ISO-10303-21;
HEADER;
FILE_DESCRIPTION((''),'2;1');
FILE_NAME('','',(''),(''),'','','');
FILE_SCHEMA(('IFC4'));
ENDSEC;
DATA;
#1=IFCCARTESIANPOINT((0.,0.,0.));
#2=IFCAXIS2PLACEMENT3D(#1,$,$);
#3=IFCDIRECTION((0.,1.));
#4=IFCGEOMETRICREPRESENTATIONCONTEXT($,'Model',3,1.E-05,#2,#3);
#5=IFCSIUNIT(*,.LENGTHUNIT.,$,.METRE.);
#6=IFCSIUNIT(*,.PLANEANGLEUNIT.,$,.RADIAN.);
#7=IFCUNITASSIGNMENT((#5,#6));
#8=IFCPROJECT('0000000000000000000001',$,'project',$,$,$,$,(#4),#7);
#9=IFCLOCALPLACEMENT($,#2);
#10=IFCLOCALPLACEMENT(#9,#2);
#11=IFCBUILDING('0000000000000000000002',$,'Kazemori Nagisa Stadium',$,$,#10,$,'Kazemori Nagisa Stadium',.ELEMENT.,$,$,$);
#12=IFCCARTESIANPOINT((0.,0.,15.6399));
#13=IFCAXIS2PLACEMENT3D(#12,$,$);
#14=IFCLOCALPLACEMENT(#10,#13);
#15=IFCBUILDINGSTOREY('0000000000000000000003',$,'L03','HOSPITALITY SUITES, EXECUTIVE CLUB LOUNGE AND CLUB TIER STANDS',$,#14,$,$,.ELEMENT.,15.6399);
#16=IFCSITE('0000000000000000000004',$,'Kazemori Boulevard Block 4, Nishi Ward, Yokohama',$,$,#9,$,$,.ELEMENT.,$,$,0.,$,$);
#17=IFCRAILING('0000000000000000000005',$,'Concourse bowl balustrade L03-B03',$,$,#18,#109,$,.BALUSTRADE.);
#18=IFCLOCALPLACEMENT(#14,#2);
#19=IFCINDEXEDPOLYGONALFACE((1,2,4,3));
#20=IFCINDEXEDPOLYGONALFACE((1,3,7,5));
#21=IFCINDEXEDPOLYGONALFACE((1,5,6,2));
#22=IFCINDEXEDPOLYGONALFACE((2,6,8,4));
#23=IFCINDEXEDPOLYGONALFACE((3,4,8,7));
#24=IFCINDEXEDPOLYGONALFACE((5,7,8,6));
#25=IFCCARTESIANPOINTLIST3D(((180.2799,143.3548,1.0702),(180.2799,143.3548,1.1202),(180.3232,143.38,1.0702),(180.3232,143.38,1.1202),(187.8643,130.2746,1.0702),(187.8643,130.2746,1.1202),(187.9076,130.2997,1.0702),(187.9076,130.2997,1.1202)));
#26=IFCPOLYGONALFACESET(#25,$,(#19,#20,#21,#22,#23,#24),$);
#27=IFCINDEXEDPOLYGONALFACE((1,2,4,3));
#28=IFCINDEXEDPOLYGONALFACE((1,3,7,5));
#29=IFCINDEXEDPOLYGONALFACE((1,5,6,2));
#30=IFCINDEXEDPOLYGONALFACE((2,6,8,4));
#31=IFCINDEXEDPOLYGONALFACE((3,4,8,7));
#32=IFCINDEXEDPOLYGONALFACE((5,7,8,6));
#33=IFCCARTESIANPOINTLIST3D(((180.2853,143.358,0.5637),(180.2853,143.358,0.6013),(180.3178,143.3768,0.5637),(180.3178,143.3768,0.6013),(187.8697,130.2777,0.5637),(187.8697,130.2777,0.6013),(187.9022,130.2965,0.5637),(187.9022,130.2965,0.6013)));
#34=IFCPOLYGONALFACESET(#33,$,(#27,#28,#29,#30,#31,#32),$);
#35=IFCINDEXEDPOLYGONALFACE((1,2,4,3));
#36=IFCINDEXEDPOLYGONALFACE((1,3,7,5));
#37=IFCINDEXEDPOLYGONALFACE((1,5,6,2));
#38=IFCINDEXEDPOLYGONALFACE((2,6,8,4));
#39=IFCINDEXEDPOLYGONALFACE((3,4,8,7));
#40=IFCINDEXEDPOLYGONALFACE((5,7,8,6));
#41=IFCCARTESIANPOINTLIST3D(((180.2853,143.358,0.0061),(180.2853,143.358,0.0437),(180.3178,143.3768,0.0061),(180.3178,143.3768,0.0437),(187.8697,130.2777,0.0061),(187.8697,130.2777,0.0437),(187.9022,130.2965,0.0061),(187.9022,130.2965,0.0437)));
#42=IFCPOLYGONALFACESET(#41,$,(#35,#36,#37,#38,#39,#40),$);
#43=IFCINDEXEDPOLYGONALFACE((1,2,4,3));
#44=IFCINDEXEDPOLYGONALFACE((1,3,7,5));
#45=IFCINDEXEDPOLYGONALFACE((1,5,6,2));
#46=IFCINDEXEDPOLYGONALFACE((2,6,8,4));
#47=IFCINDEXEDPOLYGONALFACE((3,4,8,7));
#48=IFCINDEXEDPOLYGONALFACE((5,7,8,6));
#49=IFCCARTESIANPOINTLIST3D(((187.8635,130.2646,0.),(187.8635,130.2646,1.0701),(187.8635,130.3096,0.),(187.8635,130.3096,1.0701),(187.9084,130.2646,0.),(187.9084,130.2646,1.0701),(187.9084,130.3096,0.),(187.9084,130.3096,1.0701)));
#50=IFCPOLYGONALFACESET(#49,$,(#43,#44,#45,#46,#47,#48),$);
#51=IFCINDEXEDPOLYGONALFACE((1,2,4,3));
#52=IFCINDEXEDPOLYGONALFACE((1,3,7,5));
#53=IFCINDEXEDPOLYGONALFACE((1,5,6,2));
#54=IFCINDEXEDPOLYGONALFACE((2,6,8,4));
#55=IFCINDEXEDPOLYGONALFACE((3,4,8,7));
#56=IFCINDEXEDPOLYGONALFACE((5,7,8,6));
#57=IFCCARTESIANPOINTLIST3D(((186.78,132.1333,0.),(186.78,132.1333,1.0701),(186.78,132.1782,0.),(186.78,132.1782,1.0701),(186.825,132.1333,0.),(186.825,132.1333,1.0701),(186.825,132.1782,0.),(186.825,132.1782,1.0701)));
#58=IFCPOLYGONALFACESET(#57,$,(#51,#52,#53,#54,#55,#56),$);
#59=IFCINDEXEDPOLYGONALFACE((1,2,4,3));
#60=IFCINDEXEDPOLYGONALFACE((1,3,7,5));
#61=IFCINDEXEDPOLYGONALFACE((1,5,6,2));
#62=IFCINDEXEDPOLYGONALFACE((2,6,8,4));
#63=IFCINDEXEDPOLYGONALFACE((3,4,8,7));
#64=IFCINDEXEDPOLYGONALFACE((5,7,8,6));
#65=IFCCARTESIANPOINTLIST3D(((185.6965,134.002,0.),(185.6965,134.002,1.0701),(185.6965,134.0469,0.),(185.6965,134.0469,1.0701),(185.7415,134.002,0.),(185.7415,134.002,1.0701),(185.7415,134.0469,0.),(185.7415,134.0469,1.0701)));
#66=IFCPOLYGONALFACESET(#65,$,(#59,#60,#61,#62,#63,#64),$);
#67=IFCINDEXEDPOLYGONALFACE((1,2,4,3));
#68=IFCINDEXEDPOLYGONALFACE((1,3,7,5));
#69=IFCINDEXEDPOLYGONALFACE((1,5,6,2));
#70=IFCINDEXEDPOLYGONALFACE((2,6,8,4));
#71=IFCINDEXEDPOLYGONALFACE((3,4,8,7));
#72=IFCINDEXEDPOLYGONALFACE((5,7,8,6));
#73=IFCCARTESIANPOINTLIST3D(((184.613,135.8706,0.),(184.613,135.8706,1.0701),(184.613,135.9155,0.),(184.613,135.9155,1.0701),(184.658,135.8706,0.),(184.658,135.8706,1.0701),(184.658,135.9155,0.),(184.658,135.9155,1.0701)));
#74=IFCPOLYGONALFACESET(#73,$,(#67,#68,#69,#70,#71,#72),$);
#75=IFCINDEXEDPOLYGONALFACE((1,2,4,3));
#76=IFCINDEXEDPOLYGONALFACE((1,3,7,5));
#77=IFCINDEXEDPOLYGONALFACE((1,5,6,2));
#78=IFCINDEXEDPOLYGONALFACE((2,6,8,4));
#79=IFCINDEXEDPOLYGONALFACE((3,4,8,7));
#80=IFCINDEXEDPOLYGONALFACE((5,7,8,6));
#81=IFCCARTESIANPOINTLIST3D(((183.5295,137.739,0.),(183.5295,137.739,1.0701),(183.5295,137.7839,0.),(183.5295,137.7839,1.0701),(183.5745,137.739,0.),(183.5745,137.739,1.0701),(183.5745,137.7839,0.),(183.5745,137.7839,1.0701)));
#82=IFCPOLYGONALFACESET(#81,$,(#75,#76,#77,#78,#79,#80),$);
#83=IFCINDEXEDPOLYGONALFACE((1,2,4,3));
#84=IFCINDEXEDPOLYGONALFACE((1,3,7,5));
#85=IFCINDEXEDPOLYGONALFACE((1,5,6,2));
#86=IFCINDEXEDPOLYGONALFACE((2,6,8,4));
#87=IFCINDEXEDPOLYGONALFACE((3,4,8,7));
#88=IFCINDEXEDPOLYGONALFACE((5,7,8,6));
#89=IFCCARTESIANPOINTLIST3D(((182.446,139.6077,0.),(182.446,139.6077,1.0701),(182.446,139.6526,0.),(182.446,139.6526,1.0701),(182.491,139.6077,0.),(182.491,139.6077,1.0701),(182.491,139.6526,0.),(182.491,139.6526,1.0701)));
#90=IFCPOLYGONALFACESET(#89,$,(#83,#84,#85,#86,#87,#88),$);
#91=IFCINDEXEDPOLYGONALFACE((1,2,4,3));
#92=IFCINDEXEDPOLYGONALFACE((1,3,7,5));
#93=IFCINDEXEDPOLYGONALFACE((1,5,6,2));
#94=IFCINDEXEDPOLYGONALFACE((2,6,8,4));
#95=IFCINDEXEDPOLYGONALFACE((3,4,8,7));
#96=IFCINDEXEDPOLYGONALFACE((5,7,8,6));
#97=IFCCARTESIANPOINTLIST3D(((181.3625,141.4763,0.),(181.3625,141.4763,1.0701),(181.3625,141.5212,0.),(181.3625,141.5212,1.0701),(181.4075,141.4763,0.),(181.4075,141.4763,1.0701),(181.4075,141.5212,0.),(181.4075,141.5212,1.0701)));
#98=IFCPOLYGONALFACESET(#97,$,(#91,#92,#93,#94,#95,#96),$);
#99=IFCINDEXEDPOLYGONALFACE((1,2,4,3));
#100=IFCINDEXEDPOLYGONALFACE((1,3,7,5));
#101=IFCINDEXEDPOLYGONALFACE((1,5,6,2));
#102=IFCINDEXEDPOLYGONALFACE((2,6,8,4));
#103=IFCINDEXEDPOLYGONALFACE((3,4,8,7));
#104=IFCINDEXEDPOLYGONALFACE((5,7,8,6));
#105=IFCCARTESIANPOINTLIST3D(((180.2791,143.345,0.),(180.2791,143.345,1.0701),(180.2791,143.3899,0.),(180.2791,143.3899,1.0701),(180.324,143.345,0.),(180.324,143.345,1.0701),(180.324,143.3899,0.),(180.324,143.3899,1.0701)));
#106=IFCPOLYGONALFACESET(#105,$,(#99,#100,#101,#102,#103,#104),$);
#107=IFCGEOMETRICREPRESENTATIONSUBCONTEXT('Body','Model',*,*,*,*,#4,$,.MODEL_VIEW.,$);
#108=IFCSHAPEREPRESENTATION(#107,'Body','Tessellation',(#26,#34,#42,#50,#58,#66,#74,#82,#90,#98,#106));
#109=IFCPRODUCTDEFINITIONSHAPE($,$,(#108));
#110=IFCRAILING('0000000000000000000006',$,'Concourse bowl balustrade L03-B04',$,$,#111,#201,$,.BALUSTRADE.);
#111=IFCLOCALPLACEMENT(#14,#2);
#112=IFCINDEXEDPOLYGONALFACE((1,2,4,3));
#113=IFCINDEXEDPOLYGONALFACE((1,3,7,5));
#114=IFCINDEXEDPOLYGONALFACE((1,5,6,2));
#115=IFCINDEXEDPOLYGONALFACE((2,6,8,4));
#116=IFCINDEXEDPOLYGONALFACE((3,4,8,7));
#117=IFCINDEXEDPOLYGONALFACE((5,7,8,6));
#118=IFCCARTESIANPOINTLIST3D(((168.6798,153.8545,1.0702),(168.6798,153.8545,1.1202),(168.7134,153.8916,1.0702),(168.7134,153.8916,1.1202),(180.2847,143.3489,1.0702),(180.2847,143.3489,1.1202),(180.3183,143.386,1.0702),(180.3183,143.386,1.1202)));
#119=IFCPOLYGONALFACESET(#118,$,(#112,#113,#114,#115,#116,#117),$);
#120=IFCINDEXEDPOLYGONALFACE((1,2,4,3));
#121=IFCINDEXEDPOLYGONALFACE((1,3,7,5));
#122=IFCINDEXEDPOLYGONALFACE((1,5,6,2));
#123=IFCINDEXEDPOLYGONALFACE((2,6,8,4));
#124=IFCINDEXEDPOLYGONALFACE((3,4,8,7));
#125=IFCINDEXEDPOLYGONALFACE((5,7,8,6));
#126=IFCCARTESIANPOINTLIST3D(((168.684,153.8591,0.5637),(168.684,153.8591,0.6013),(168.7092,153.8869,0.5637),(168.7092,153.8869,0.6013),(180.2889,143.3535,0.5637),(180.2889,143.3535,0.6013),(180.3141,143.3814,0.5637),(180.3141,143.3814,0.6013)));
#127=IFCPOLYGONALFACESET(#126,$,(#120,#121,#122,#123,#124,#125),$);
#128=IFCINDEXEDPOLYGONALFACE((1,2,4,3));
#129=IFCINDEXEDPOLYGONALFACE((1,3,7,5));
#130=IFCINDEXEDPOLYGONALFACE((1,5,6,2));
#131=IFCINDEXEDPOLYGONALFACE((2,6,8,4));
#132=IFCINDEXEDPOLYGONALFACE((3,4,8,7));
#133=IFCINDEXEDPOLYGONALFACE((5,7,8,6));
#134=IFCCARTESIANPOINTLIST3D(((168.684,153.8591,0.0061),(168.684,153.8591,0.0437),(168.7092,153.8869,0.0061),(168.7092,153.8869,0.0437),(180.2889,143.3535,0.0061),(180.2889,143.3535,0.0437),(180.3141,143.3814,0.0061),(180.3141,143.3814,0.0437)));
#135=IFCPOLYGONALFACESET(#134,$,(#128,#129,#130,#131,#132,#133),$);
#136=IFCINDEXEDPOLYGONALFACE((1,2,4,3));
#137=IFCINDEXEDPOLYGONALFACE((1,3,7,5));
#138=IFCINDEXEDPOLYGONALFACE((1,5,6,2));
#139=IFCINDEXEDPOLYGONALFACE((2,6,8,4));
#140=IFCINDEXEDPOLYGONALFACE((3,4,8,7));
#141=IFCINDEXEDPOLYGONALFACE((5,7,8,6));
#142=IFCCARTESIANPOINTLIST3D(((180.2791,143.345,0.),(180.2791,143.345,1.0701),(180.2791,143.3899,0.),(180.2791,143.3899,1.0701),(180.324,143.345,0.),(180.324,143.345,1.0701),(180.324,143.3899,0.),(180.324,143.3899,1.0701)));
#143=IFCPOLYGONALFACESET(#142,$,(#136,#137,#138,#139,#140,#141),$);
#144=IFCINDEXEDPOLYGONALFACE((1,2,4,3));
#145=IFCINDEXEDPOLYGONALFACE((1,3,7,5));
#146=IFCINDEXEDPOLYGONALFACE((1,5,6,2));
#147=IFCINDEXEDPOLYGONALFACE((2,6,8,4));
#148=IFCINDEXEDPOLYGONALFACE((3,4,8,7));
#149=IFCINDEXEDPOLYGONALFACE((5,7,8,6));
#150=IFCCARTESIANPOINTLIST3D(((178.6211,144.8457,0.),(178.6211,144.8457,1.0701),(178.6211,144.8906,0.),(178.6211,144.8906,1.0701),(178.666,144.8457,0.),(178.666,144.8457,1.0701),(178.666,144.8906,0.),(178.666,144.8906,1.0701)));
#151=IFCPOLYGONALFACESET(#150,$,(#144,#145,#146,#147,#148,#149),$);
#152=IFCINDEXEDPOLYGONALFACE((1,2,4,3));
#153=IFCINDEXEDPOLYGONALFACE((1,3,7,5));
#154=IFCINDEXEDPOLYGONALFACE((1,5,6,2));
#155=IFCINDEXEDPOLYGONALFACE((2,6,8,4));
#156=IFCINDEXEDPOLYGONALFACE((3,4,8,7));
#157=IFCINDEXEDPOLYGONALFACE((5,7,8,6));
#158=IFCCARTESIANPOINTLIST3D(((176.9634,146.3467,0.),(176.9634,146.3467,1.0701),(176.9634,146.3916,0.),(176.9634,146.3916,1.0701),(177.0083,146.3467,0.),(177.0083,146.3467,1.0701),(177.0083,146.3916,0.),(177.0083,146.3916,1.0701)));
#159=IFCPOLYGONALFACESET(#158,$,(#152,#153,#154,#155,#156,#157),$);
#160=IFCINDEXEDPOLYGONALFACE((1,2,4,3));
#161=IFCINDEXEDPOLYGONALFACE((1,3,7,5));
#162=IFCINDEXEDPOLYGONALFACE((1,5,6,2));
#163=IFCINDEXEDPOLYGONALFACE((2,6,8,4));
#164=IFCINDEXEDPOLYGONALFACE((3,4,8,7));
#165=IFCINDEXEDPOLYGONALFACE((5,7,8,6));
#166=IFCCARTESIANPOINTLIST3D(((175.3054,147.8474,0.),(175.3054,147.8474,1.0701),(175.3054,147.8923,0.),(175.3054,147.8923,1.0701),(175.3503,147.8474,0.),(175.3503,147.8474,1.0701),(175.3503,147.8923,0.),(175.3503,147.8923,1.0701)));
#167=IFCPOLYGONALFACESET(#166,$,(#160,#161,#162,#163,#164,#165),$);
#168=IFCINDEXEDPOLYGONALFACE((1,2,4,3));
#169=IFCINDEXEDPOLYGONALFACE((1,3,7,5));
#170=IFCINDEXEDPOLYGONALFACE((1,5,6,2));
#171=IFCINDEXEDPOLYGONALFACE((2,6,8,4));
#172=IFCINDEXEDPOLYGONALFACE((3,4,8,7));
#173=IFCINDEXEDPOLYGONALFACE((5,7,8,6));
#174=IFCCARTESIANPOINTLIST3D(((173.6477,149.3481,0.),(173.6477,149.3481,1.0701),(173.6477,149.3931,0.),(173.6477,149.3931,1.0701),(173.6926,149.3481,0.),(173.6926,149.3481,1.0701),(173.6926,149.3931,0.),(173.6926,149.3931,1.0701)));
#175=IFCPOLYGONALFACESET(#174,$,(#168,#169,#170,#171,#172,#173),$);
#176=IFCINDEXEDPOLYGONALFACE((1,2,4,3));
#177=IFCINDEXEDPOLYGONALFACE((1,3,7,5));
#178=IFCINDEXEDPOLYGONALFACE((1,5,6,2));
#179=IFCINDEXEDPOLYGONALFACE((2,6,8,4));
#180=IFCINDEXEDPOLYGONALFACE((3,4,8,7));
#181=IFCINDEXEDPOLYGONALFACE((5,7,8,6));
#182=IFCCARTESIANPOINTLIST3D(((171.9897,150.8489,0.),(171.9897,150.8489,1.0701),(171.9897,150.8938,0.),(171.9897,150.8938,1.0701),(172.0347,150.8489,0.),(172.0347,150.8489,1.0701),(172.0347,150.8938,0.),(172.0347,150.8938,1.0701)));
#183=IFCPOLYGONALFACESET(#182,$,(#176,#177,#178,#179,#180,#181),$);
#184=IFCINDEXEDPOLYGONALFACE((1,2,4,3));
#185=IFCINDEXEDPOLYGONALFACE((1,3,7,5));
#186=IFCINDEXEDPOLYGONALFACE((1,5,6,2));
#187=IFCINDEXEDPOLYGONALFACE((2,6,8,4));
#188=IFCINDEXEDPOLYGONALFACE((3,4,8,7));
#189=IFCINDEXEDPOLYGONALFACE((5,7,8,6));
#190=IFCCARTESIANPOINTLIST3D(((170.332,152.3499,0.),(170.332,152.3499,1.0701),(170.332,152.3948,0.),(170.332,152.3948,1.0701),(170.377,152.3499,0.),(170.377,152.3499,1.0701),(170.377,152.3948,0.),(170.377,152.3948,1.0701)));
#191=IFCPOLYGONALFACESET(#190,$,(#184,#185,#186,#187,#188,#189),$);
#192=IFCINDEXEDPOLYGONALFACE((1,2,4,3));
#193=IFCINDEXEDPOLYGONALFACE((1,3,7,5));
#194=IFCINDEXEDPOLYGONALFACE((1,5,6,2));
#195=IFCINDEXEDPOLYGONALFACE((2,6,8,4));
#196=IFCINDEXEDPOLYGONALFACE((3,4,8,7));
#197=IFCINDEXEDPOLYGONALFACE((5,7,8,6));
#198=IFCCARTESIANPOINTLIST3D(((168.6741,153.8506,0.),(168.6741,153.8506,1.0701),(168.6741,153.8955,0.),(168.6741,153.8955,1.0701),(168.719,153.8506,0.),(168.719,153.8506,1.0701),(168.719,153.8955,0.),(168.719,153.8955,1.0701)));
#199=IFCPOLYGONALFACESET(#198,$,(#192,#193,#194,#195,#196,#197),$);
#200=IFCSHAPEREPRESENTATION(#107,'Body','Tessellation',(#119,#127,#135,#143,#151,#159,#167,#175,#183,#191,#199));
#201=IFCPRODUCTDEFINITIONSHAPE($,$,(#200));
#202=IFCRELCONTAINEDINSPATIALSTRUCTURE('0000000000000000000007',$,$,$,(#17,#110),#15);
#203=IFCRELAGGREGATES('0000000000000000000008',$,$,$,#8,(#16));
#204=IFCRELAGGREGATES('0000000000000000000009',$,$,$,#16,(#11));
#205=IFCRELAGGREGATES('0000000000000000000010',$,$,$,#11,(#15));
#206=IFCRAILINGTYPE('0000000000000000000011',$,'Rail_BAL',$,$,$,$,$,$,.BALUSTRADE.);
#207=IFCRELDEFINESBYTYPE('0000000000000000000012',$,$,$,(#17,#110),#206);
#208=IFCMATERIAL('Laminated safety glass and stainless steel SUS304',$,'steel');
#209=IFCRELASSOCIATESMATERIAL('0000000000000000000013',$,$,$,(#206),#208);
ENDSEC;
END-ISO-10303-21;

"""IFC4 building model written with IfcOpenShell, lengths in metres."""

from ifc_helpers import new_model, si_unit, direction, frame, origin, origin_2d, place, context, subcontext, project, spatial, rectangle, extrude, material, type_object, element, save


model = new_model("IFC4")

# Units and contexts
model_context = context("Model", 3, precision=1e-05, world=origin(), true_north=direction((0.0, 1.0)))
body_context = subcontext(model_context, "Body", "Model", "MODEL_VIEW")
ifc_project = project(units=[si_unit("LENGTHUNIT", "METRE"), si_unit("PLANEANGLEUNIT", "RADIAN")], contexts=[model_context])

# Site, building, storey
site_placement = place(None, origin())
site = spatial("IfcSite", under=ifc_project, at=site_placement, Name="Kazemori Boulevard Block 4, Nishi Ward, Yokohama", CompositionType="ELEMENT", RefElevation=0.0)
building_placement = place(site_placement, origin())
building = spatial("IfcBuilding", under=site, at=building_placement, Name="Kazemori Nagisa Stadium", LongName="Kazemori Nagisa Stadium", CompositionType="ELEMENT")
storey_placement = place(building_placement, frame((0.0, 0.0, 15.6399)))
storey = spatial("IfcBuildingStorey", under=building, at=storey_placement, Name="L03", Description="HOSPITALITY SUITES, EXECUTIVE CLUB LOUNGE AND CLUB TIER STANDS", CompositionType="ELEMENT", Elevation=15.6399)

# Railings
ifc_material_1 = material(Name="Laminated safety glass and stainless steel SUS304", Category="steel")
railing_type = type_object("IfcRailingType", Name="Rail_BAL", PredefinedType="BALUSTRADE", material=ifc_material_1)
railing_1_placement = place(storey_placement, frame((187.886, 130.2871, 0.0)))
element("IfcRailing", 1, at=railing_1_placement, inside=storey, type_object=railing_type, Name="Concourse bowl balustrade L03-B03", PredefinedType="BALUSTRADE", context=body_context, shape_type="SweptSolid", body=[
    extrude(rectangle(XDim=0.05, YDim=0.05, at=origin_2d()), frame((0.0, 0.0, 1.0952), z_axis=(-0.501613, 0.865092, 0.0), x_axis=(-0.865092, -0.501613, 0.0)), (0.0, 0.0, 1.0), 15.1201),
    extrude(rectangle(XDim=0.0376, YDim=0.0376, at=origin_2d()), frame((0.0, 0.0, 0.5825), z_axis=(-0.501613, 0.865092, 0.0), x_axis=(-0.865092, -0.501613, 0.0)), (0.0, 0.0, 1.0), 15.1201),
    extrude(rectangle(XDim=0.0376, YDim=0.0376, at=origin_2d()), frame((0.0, 0.0, 0.0249), z_axis=(-0.501613, 0.865092, 0.0), x_axis=(-0.865092, -0.501613, 0.0)), (0.0, 0.0, 1.0), 15.1201),
    extrude(rectangle(XDim=0.0449, YDim=0.0449, at=origin_2d()), origin(), (0.0, 0.0, 1.0), 1.0701),
    extrude(rectangle(XDim=0.0449, YDim=0.0449, at=origin_2d()), frame((-1.0835, 1.8687, 0.0)), (0.0, 0.0, 1.0), 1.0701),
    extrude(rectangle(XDim=0.0449, YDim=0.0449, at=origin_2d()), frame((-2.167, 3.7373, 0.0)), (0.0, 0.0, 1.0), 1.0701),
    extrude(rectangle(XDim=0.0449, YDim=0.0449, at=origin_2d()), frame((-3.2505, 5.606, 0.0)), (0.0, 0.0, 1.0), 1.0701),
    extrude(rectangle(XDim=0.0449, YDim=0.0449, at=origin_2d()), frame((-4.334, 7.4744, 0.0)), (0.0, 0.0, 1.0), 1.0701),
    extrude(rectangle(XDim=0.0449, YDim=0.0449, at=origin_2d()), frame((-5.4175, 9.343, 0.0)), (0.0, 0.0, 1.0), 1.0701),
    extrude(rectangle(XDim=0.0449, YDim=0.0449, at=origin_2d()), frame((-6.501, 11.2117, 0.0)), (0.0, 0.0, 1.0), 1.0701),
    extrude(rectangle(XDim=0.0449, YDim=0.0449, at=origin_2d()), frame((-7.5845, 13.0803, 0.0)), (0.0, 0.0, 1.0), 1.0701),
])
railing_2_placement = place(storey_placement, frame((180.3015, 143.3674, 0.0)))
element("IfcRailing", 2, at=railing_2_placement, inside=storey, type_object=railing_type, Name="Concourse bowl balustrade L03-B04", PredefinedType="BALUSTRADE", context=body_context, shape_type="SweptSolid", body=[
    extrude(rectangle(XDim=0.05, YDim=0.05, at=origin_2d()), frame((0.0, 0.0, 1.0952), z_axis=(-0.741349, 0.67112, 0.0), x_axis=(-0.67112, -0.741349, 0.0)), (0.0, 0.0, 1.0), 15.6538),
    extrude(rectangle(XDim=0.0376, YDim=0.0376, at=origin_2d()), frame((0.0, 0.0, 0.5825), z_axis=(-0.741349, 0.67112, 0.0), x_axis=(-0.67112, -0.741349, 0.0)), (0.0, 0.0, 1.0), 15.6538),
    extrude(rectangle(XDim=0.0376, YDim=0.0376, at=origin_2d()), frame((0.0, 0.0, 0.0249), z_axis=(-0.741349, 0.67112, 0.0), x_axis=(-0.67112, -0.741349, 0.0)), (0.0, 0.0, 1.0), 15.6538),
    extrude(rectangle(XDim=0.0449, YDim=0.0449, at=origin_2d()), origin(), (0.0, 0.0, 1.0), 1.0701),
    extrude(rectangle(XDim=0.0449, YDim=0.0449, at=origin_2d()), frame((-1.658, 1.5007, 0.0)), (0.0, 0.0, 1.0), 1.0701),
    extrude(rectangle(XDim=0.0449, YDim=0.0449, at=origin_2d()), frame((-3.3157, 3.0017, 0.0)), (0.0, 0.0, 1.0), 1.0701),
    extrude(rectangle(XDim=0.0449, YDim=0.0449, at=origin_2d()), frame((-4.9736, 4.5024, 0.0)), (0.0, 0.0, 1.0), 1.0701),
    extrude(rectangle(XDim=0.0449, YDim=0.0449, at=origin_2d()), frame((-6.6313, 6.0032, 0.0)), (0.0, 0.0, 1.0), 1.0701),
    extrude(rectangle(XDim=0.0449, YDim=0.0449, at=origin_2d()), frame((-8.2893, 7.5039, 0.0)), (0.0, 0.0, 1.0), 1.0701),
    extrude(rectangle(XDim=0.0449, YDim=0.0449, at=origin_2d()), frame((-9.947, 9.0049, 0.0)), (0.0, 0.0, 1.0), 1.0701),
    extrude(rectangle(XDim=0.0449, YDim=0.0449, at=origin_2d()), frame((-11.605, 10.5056, 0.0)), (0.0, 0.0, 1.0), 1.0701),
])

save(model, "model.ifc")
